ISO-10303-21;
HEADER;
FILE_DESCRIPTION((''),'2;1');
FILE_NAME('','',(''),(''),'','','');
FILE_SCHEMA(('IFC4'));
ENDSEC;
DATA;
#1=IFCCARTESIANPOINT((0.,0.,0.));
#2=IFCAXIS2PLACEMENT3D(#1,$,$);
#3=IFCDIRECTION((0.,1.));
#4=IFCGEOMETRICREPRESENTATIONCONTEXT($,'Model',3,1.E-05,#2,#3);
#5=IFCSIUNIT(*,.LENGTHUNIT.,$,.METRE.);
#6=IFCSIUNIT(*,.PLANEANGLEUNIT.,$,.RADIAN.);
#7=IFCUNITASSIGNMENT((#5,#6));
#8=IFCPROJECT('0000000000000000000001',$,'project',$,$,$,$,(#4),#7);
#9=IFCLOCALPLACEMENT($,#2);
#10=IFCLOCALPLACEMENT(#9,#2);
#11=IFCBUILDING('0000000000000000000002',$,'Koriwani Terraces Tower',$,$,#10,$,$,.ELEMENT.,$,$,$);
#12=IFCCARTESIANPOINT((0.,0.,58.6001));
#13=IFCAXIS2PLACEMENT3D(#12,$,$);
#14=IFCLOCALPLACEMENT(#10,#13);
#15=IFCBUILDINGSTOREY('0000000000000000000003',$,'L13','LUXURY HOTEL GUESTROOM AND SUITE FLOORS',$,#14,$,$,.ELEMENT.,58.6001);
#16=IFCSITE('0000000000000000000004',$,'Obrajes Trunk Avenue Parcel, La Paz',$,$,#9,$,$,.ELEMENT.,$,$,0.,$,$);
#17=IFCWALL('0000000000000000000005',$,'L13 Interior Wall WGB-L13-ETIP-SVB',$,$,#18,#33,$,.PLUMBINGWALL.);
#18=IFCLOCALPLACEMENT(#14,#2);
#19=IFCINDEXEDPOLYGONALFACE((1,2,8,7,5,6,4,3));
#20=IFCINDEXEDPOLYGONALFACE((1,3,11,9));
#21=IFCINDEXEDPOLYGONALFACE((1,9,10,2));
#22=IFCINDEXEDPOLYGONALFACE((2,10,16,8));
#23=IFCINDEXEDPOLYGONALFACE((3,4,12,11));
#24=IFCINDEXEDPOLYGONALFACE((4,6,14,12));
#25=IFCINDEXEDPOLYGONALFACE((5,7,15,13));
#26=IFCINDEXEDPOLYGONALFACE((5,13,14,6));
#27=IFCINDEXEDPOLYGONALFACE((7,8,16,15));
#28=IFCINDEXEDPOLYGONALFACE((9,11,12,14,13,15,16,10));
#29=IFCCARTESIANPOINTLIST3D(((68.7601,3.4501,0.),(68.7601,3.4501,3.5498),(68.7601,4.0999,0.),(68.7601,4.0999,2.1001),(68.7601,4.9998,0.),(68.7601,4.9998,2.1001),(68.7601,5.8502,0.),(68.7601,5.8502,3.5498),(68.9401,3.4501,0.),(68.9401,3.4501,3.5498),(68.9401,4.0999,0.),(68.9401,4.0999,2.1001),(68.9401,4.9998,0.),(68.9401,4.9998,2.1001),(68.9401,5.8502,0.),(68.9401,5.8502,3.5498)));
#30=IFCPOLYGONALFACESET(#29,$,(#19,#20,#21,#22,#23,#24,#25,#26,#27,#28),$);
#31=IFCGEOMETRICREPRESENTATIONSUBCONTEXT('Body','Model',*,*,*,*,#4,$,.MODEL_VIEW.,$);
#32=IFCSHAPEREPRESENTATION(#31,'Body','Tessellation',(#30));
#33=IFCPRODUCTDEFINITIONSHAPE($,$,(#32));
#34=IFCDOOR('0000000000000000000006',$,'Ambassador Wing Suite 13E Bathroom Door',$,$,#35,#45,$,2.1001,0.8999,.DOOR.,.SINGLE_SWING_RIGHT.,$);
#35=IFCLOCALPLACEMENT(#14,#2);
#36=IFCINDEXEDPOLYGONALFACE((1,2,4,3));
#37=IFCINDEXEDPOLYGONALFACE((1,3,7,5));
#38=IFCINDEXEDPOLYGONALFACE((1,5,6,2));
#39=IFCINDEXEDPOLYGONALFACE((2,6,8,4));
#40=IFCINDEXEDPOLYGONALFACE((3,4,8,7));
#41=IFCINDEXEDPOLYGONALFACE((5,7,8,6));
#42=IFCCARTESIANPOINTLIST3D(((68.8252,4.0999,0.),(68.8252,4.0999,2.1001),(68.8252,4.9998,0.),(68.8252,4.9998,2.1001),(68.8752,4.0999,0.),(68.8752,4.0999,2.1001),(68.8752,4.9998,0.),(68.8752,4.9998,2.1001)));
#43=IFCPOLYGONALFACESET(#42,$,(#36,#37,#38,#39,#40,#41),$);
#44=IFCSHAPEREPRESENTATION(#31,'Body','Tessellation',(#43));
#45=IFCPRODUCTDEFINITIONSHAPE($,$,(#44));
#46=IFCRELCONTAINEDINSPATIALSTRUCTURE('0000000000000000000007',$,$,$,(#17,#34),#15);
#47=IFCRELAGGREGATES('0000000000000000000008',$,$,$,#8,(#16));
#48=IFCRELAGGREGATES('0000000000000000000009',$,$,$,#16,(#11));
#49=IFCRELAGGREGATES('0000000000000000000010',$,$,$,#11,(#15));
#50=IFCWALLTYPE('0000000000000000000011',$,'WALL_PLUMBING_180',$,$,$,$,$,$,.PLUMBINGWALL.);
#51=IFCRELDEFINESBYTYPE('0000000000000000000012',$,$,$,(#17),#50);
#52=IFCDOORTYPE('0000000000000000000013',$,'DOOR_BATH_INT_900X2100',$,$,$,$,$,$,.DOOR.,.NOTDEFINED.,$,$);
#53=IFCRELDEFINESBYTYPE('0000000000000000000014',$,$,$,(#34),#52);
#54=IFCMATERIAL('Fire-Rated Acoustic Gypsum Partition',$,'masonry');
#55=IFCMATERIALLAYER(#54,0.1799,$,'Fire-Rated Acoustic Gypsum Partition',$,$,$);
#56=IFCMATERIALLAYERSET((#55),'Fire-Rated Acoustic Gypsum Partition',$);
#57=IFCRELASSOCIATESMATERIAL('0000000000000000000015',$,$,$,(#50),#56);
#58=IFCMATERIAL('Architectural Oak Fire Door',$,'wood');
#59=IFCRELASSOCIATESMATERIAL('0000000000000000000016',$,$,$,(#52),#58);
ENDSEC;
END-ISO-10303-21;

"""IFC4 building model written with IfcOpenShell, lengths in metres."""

from ifc_helpers import new_model, si_unit, direction, frame, frame_2d, origin, place, context, subcontext, project, spatial, rectangle, extrude, material, layer, layer_set, type_object, element, fill, save


model = new_model("IFC4")

# Units and contexts
model_context = context("Model", 3, precision=1e-05, world=origin(), true_north=direction((0.0, 1.0)))
body_context = subcontext(model_context, "Body", "Model", "MODEL_VIEW")
ifc_project = project(units=[si_unit("LENGTHUNIT", "METRE"), si_unit("PLANEANGLEUNIT", "RADIAN")], contexts=[model_context])

# Site, building, storey
site_placement = place(None, origin())
site = spatial("IfcSite", under=ifc_project, at=site_placement, Name="Obrajes Trunk Avenue Parcel, La Paz", CompositionType="ELEMENT", RefElevation=0.0)
building_placement = place(site_placement, origin())
building = spatial("IfcBuilding", under=site, at=building_placement, Name="Koriwani Terraces Tower", CompositionType="ELEMENT")
storey_placement = place(building_placement, frame((0.0, 0.0, 58.6001)))
storey = spatial("IfcBuildingStorey", under=building, at=storey_placement, Name="L13", Description="LUXURY HOTEL GUESTROOM AND SUITE FLOORS", CompositionType="ELEMENT", Elevation=58.6001)

# Wall, opening, door
ifc_material_1 = material(Name="Fire-Rated Acoustic Gypsum Partition", Category="masonry")
ifc_layer = layer(ifc_material_1, 0.1799, Name="Fire-Rated Acoustic Gypsum Partition")
ifc_layer_set = layer_set([ifc_layer], Name="Fire-Rated Acoustic Gypsum Partition")
wall_type = type_object("IfcWallType", Name="WALL_PLUMBING_180", PredefinedType="PLUMBINGWALL", material=ifc_layer_set)
wall_placement = place(storey_placement, frame((68.8501, 3.45, 0.0), z_axis=(0.0, 0.0, 1.0), x_axis=(0.0, 1.0, 0.0)))
wall = element("IfcWall", 1, at=wall_placement, inside=storey, type_object=wall_type, Name="L13 Interior Wall WGB-L13-ETIP-SVB", PredefinedType="PLUMBINGWALL", context=body_context, shape_type="SweptSolid", body=[
    extrude(rectangle(XDim=2.4001, YDim=0.1799, at=frame_2d((1.2002, 0.0))), origin(), (0.0, 0.0, 1.0), 3.5498),
])
opening_placement = place(wall_placement, frame((0.6499, 0.0, 0.0)))
opening = element("IfcOpeningElement", 2, at=opening_placement, cuts=wall, PredefinedType="OPENING", context=body_context, shape_type="SweptSolid", body=[
    extrude(rectangle(XDim=0.8999, YDim=2.1001, at=frame_2d((0.45, 1.05))), frame((0.0, 0.1001, 0.0), z_axis=(0.0, -1.0, 0.0), x_axis=(1.0, 0.0, 0.0)), (0.0, 0.0, 1.0), 0.2),
])
ifc_material_2 = material(Name="Architectural Oak Fire Door", Category="wood")
door_type = type_object("IfcDoorType", Name="DOOR_BATH_INT_900X2100", OperationType="NOTDEFINED", PredefinedType="DOOR", material=ifc_material_2)
door_placement = place(opening_placement, origin())
door = element("IfcDoor", 3, at=door_placement, inside=storey, type_object=door_type, Name="Ambassador Wing Suite 13E Bathroom Door", OperationType="SINGLE_SWING_RIGHT", OverallHeight=2.1001, OverallWidth=0.8999, PredefinedType="DOOR", context=body_context, shape_type="SweptSolid", body=[
    extrude(rectangle(XDim=0.8999, YDim=2.1001, at=frame_2d((0.45, 1.05))), frame((0.0, 0.0249, 0.0), z_axis=(0.0, -1.0, 0.0), x_axis=(1.0, 0.0, 0.0)), (0.0, 0.0, 1.0), 0.05),
])
fill(opening, door)

save(model, "model.ifc")
